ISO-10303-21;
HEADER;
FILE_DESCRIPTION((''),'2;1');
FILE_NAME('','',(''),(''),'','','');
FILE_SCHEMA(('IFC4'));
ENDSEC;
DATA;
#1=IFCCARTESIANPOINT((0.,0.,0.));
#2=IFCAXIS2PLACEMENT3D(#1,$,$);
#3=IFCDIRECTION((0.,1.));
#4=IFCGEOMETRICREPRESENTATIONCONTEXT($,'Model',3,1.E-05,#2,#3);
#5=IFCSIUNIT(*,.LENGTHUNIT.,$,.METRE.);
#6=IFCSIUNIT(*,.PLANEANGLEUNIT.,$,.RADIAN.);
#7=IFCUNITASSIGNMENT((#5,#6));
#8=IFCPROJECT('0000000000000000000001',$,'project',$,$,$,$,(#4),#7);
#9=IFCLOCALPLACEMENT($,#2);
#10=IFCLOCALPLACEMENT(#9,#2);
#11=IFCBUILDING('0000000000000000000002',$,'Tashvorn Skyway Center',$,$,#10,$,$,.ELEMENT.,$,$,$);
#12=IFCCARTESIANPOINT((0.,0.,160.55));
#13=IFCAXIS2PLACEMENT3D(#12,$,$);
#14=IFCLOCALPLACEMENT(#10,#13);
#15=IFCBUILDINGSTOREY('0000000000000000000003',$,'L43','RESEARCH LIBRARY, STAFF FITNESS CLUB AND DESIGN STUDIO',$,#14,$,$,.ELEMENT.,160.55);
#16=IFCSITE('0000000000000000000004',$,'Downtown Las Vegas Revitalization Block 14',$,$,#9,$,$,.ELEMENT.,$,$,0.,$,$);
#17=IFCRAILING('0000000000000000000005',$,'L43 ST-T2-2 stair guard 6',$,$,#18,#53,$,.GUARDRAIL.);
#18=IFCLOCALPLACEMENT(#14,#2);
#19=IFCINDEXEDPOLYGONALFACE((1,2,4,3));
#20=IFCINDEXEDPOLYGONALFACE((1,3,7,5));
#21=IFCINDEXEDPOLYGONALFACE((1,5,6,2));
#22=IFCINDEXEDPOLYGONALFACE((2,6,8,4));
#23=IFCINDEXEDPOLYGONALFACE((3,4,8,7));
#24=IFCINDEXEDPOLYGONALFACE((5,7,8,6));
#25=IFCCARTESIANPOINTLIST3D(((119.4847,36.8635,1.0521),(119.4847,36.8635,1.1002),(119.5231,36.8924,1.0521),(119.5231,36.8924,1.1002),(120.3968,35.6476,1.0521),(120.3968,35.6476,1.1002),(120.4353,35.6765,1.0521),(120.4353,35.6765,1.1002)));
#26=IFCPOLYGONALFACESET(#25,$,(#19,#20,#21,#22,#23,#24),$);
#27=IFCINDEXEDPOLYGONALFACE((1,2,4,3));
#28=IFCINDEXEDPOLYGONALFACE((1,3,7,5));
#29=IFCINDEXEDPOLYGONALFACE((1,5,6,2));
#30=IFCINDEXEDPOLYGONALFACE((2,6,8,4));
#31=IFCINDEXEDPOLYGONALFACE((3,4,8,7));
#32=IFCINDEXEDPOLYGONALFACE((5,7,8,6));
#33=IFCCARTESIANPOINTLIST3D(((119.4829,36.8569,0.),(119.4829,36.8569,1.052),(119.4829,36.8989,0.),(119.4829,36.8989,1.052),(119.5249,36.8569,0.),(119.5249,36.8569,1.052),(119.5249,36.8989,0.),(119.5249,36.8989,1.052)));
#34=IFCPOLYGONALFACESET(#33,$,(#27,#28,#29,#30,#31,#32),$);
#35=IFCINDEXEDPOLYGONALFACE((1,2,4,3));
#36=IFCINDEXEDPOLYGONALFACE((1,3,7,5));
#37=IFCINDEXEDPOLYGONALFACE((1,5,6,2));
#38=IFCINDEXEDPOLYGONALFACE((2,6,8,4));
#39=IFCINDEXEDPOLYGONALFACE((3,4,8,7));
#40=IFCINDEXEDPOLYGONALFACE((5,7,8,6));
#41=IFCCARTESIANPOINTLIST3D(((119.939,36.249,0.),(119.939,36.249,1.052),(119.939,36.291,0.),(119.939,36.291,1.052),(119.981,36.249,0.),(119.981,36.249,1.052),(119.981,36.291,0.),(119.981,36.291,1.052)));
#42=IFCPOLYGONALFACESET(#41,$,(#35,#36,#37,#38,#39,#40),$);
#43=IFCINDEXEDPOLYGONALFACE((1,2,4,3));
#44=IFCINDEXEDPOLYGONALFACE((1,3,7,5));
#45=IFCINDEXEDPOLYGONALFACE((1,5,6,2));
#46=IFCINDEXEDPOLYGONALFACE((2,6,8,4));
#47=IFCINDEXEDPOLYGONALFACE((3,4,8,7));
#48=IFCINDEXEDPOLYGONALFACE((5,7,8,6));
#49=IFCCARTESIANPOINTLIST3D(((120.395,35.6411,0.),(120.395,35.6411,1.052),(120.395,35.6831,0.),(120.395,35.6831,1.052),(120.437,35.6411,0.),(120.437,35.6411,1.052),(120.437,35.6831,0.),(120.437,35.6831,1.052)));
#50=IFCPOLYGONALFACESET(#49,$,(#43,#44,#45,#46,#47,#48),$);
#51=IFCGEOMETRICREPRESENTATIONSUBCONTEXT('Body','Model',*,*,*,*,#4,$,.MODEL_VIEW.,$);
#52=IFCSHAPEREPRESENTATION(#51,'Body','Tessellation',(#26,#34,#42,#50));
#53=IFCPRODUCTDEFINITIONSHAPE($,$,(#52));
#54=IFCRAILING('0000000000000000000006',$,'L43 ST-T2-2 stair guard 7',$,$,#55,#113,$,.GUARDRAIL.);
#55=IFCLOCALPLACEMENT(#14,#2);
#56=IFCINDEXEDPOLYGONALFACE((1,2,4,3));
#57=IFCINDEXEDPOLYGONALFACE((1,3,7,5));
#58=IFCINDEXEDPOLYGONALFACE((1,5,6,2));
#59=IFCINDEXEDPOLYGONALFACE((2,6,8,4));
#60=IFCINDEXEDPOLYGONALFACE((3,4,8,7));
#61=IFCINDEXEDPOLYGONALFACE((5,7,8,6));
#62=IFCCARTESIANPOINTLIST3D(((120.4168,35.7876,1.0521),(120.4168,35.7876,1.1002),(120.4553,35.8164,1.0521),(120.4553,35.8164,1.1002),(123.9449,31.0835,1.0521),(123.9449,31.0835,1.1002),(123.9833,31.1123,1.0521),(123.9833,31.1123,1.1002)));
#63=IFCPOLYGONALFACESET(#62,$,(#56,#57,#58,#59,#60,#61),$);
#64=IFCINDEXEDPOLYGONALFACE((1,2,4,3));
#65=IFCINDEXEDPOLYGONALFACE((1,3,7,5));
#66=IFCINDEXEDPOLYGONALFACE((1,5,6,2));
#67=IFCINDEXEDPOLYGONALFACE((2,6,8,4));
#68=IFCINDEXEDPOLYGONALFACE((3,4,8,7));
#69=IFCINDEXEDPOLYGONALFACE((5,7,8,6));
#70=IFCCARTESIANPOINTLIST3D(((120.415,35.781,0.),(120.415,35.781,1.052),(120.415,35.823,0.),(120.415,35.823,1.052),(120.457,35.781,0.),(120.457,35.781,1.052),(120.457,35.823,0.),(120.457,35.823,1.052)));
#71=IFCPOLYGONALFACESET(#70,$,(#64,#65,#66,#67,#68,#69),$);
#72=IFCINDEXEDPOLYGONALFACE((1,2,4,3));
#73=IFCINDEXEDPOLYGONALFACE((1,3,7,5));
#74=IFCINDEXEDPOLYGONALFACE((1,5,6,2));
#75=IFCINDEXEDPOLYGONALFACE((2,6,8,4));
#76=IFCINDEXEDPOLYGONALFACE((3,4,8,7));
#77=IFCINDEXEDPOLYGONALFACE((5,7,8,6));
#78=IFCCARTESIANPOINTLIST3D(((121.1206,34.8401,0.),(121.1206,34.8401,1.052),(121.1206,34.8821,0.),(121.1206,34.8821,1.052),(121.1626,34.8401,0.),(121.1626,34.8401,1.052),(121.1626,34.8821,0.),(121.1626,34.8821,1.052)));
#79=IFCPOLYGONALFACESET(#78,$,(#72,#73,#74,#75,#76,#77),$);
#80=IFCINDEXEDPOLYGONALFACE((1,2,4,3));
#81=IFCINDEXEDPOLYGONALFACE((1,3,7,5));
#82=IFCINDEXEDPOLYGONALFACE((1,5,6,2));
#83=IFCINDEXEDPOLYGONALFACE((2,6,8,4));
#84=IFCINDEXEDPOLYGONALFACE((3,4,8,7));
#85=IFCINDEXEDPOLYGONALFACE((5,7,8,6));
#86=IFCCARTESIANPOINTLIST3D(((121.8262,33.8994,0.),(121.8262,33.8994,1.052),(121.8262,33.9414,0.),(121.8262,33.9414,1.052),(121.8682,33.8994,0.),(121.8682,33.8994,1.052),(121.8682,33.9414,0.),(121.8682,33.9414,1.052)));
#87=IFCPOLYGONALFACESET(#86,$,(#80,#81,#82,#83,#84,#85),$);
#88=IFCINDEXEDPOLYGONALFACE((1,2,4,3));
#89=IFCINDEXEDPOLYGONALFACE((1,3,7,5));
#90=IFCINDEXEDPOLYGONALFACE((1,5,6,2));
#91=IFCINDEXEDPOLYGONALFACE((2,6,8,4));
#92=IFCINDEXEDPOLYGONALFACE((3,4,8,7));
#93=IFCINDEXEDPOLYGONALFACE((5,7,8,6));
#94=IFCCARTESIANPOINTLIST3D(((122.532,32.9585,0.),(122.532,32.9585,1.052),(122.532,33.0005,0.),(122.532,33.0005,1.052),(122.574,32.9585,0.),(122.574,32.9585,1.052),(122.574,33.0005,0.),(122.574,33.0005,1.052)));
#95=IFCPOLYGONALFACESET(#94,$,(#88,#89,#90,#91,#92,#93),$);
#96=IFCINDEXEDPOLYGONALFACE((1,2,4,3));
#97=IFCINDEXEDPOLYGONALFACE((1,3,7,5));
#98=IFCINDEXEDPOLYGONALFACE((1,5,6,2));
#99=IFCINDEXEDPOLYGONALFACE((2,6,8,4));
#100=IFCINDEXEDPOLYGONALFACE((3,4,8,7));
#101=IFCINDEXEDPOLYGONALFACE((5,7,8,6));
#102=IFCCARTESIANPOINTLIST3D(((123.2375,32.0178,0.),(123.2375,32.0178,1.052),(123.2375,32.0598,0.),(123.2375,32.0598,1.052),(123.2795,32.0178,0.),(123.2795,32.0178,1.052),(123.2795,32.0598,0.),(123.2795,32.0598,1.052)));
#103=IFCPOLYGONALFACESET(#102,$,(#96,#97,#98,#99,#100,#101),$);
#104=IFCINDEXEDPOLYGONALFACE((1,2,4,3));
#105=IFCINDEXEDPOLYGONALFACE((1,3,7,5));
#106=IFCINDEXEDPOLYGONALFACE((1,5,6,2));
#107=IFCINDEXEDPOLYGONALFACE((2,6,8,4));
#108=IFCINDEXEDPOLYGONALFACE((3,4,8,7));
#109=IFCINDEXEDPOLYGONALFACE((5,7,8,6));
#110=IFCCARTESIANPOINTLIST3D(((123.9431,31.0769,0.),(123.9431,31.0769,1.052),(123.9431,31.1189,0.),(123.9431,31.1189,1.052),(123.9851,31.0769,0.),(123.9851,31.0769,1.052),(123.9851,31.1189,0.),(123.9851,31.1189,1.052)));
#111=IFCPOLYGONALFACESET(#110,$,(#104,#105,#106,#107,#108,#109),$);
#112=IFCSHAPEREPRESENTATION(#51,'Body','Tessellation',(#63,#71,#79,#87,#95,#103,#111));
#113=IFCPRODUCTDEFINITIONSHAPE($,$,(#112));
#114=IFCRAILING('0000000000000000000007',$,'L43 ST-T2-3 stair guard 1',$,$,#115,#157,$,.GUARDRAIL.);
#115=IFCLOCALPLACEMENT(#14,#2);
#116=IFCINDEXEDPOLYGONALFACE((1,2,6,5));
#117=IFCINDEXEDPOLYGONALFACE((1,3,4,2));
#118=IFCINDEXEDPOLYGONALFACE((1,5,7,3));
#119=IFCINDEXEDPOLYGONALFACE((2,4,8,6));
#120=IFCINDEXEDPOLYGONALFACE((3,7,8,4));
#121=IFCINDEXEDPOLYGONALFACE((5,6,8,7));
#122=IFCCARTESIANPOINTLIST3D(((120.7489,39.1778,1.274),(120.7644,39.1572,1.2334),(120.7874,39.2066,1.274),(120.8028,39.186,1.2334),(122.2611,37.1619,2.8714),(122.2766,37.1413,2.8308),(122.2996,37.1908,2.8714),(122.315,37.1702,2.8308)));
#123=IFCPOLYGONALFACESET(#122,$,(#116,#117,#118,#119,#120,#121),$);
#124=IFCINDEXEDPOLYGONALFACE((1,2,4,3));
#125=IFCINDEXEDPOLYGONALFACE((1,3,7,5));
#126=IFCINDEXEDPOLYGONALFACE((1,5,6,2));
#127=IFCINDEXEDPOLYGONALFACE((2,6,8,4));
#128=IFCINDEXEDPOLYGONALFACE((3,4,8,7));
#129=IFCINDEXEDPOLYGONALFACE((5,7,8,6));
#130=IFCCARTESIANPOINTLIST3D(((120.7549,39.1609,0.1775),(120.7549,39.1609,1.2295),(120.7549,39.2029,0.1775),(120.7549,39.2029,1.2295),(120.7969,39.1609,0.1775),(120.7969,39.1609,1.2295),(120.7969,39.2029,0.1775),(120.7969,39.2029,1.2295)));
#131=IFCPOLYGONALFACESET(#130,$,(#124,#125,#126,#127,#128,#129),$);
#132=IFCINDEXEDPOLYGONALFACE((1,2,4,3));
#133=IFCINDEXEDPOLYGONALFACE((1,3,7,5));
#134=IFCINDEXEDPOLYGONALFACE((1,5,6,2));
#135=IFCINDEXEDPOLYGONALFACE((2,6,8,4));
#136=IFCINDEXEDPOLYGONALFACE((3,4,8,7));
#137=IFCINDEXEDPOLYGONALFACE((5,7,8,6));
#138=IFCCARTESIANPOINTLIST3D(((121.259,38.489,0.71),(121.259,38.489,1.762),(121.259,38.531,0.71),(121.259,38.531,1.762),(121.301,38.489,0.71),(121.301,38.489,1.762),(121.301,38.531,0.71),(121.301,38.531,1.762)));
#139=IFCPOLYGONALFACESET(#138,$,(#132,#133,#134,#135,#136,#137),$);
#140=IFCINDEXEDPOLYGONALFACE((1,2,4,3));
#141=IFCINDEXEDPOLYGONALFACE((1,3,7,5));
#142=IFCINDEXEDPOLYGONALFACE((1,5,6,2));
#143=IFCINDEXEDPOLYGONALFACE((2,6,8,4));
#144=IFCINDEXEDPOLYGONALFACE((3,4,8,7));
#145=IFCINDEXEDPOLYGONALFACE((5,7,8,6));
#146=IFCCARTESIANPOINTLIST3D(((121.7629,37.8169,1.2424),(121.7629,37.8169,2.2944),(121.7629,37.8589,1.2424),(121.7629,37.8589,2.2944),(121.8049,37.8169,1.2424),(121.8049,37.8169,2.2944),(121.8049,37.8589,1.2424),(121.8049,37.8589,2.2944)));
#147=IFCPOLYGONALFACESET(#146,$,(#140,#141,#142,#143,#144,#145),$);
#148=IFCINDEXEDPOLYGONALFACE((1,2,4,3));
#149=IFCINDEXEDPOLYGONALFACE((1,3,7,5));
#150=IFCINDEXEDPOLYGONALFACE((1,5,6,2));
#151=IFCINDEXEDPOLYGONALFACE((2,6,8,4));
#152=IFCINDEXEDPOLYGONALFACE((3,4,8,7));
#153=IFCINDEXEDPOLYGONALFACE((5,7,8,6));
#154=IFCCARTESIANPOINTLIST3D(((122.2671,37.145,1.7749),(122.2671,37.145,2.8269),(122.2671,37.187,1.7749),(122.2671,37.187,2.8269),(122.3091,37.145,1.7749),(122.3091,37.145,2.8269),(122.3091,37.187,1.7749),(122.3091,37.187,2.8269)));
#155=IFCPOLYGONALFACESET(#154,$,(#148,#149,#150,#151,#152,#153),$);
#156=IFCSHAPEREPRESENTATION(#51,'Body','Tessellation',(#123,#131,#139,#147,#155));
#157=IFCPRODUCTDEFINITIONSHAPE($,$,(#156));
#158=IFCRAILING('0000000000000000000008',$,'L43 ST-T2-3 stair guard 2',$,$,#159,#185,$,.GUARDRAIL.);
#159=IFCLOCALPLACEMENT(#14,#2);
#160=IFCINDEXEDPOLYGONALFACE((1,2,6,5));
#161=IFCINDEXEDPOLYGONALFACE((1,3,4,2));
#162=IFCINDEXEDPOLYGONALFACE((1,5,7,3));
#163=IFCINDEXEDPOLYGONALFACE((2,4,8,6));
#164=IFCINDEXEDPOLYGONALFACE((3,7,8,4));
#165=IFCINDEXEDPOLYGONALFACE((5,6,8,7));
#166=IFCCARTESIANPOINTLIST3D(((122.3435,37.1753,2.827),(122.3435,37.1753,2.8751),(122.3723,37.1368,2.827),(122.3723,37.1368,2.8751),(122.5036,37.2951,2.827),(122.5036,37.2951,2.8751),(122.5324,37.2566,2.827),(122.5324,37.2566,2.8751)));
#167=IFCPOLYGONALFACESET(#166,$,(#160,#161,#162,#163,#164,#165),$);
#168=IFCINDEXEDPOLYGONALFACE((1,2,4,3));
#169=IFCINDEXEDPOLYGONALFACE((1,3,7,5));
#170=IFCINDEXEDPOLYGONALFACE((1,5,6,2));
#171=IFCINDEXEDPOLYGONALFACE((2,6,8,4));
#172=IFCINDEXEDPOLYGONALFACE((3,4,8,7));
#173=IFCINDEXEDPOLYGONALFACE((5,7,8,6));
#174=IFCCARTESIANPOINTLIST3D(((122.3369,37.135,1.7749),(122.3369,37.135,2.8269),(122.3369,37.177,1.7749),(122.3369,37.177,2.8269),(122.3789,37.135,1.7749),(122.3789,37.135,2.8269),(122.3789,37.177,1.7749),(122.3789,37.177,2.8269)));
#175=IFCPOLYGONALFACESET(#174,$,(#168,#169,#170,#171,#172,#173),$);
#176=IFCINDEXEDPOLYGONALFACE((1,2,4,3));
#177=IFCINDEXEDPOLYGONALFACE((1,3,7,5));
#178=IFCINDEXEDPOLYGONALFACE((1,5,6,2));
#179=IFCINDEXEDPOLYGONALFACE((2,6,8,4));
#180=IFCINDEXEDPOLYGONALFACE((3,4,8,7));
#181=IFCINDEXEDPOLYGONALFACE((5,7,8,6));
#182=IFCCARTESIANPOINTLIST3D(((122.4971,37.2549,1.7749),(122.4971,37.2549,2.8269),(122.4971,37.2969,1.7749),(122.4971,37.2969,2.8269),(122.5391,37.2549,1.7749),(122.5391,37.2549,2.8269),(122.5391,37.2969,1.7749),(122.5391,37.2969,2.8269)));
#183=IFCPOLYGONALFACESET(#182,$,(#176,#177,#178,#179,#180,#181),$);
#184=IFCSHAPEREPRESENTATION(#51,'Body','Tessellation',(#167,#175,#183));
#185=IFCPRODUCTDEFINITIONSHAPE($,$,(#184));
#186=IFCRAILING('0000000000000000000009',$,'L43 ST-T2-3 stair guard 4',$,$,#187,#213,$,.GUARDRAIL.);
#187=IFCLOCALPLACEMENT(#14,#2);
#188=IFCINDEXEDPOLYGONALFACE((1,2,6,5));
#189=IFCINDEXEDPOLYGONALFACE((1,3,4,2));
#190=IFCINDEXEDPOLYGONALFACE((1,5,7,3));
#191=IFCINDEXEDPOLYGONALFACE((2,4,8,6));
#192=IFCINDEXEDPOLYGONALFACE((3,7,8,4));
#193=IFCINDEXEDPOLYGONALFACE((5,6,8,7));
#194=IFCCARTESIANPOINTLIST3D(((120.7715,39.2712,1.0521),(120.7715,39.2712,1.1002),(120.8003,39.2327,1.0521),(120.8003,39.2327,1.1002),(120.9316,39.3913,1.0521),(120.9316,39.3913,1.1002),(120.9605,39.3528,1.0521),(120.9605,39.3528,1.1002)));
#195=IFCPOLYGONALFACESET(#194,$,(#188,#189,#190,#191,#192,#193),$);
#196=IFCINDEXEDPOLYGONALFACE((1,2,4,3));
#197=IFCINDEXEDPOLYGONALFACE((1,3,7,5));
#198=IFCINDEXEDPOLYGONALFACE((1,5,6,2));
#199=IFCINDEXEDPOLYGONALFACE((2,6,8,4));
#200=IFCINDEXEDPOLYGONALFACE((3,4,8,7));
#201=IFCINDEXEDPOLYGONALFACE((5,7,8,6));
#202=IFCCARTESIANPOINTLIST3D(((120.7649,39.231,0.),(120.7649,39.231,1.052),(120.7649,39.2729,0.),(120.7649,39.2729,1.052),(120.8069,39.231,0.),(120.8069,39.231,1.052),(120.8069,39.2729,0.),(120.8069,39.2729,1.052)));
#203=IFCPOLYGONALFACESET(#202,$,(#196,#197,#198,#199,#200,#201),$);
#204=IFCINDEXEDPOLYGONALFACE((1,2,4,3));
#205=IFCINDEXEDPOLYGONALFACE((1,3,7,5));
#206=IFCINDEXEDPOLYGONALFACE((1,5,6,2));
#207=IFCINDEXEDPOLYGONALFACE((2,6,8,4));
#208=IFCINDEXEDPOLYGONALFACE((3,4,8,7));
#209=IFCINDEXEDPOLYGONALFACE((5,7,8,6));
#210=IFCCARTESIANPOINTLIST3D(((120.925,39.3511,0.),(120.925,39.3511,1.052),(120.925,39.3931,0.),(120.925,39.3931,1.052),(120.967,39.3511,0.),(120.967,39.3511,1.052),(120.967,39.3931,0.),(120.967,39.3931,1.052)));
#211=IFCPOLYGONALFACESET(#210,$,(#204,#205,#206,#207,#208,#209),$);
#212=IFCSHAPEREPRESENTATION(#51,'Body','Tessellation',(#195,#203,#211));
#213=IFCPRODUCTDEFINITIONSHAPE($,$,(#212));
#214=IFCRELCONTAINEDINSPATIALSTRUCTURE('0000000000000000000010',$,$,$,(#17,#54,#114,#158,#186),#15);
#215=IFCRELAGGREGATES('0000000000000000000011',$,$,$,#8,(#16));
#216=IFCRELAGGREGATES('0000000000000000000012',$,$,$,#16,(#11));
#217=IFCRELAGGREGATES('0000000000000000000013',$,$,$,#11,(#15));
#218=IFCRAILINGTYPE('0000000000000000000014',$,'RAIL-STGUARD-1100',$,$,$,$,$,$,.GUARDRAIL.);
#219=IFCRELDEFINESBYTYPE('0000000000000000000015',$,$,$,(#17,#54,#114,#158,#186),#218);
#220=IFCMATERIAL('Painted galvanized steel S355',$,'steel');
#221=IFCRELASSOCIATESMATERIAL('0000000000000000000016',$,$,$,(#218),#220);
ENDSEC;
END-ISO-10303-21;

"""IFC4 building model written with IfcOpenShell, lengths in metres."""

from ifc_helpers import new_model, si_unit, direction, frame, origin, origin_2d, place, context, subcontext, project, spatial, rectangle, extrude, material, type_object, element, save


model = new_model("IFC4")

# Units and contexts
model_context = context("Model", 3, precision=1e-05, world=origin(), true_north=direction((0.0, 1.0)))
body_context = subcontext(model_context, "Body", "Model", "MODEL_VIEW")
ifc_project = project(units=[si_unit("LENGTHUNIT", "METRE"), si_unit("PLANEANGLEUNIT", "RADIAN")], contexts=[model_context])

# Site, building, storey
site_placement = place(None, origin())
site = spatial("IfcSite", under=ifc_project, at=site_placement, Name="Downtown Las Vegas Revitalization Block 14", CompositionType="ELEMENT", RefElevation=0.0)
building_placement = place(site_placement, origin())
building = spatial("IfcBuilding", under=site, at=building_placement, Name="Tashvorn Skyway Center", CompositionType="ELEMENT")
storey_placement = place(building_placement, frame((0.0, 0.0, 160.55)))
storey = spatial("IfcBuildingStorey", under=building, at=storey_placement, Name="L43", Description="RESEARCH LIBRARY, STAFF FITNESS CLUB AND DESIGN STUDIO", CompositionType="ELEMENT", Elevation=160.55)

# Railings
ifc_material_1 = material(Name="Painted galvanized steel S355", Category="steel")
railing_type_1 = type_object("IfcRailingType", Name="RAIL-STGUARD-1100", PredefinedType="GUARDRAIL", material=ifc_material_1)
railing_1_placement = place(storey_placement, frame((119.5039, 36.8779, 0.0)))
element("IfcRailing", 1, at=railing_1_placement, inside=storey, type_object=railing_type_1, Name="L43 ST-T2-2 stair guard 6", PredefinedType="GUARDRAIL", context=body_context, shape_type="SweptSolid", body=[
    extrude(rectangle(XDim=0.0481, YDim=0.0481, at=origin_2d()), frame((0.0, 0.0, 1.0762), z_axis=(0.600103, -0.799923, 0.0), x_axis=(0.799923, 0.600103, 0.0)), (0.0, 0.0, 1.0), 1.52),
    extrude(rectangle(XDim=0.042, YDim=0.042, at=origin_2d()), origin(), (0.0, 0.0, 1.0), 1.052),
    extrude(rectangle(XDim=0.042, YDim=0.042, at=origin_2d()), frame((0.4561, -0.6079, 0.0)), (0.0, 0.0, 1.0), 1.052),
    extrude(rectangle(XDim=0.042, YDim=0.042, at=origin_2d()), frame((0.9121, -1.2158, 0.0)), (0.0, 0.0, 1.0), 1.052),
])
railing_2_placement = place(storey_placement, frame((120.436, 35.802, 0.0)))
element("IfcRailing", 2, at=railing_2_placement, inside=storey, type_object=railing_type_1, Name="L43 ST-T2-2 stair guard 7", PredefinedType="GUARDRAIL", context=body_context, shape_type="SweptSolid", body=[
    extrude(rectangle(XDim=0.0481, YDim=0.0481, at=origin_2d()), frame((0.0, 0.0, 1.0762), z_axis=(0.6, -0.8, 0.0), x_axis=(0.8, 0.6, 0.0)), (0.0, 0.0, 1.0), 5.8801),
    extrude(rectangle(XDim=0.042, YDim=0.042, at=origin_2d()), origin(), (0.0, 0.0, 1.0), 1.052),
    extrude(rectangle(XDim=0.042, YDim=0.042, at=origin_2d()), frame((0.7056, -0.9409, 0.0)), (0.0, 0.0, 1.0), 1.052),
    extrude(rectangle(XDim=0.042, YDim=0.042, at=origin_2d()), frame((1.4111, -1.8816, 0.0)), (0.0, 0.0, 1.0), 1.052),
    extrude(rectangle(XDim=0.042, YDim=0.042, at=origin_2d()), frame((2.1169, -2.8225, 0.0)), (0.0, 0.0, 1.0), 1.052),
    extrude(rectangle(XDim=0.042, YDim=0.042, at=origin_2d()), frame((2.8225, -3.7632, 0.0)), (0.0, 0.0, 1.0), 1.052),
    extrude(rectangle(XDim=0.042, YDim=0.042, at=origin_2d()), frame((3.5281, -4.7041, 0.0)), (0.0, 0.0, 1.0), 1.052),
])
railing_3_placement = place(storey_placement, frame((120.7759, 39.1819, 0.1775)))
element("IfcRailing", 3, at=railing_3_placement, inside=storey, type_object=railing_type_1, Name="L43 ST-T2-3 stair guard 1", PredefinedType="GUARDRAIL", context=body_context, shape_type="SweptSolid", body=[
    extrude(rectangle(XDim=0.0481, YDim=0.0481, at=origin_2d()), frame((0.0, 0.0, 1.0762), z_axis=(0.50683, -0.675636, 0.535387), x_axis=(0.799942, 0.600078, 0.0)), (0.0, 0.0, 1.0), 2.9836),
    extrude(rectangle(XDim=0.042, YDim=0.042, at=origin_2d()), origin(), (0.0, 0.0, 1.0), 1.052),
    extrude(rectangle(XDim=0.042, YDim=0.042, at=origin_2d()), frame((0.5042, -0.6719, 0.5325)), (0.0, 0.0, 1.0), 1.052),
    extrude(rectangle(XDim=0.042, YDim=0.042, at=origin_2d()), frame((1.0081, -1.344, 1.0649)), (0.0, 0.0, 1.0), 1.052),
    extrude(rectangle(XDim=0.042, YDim=0.042, at=origin_2d()), frame((1.5122, -2.0159, 1.5974)), (0.0, 0.0, 1.0), 1.052),
])
railing_4_placement = place(storey_placement, frame((122.3579, 37.156, 1.7749)))
element("IfcRailing", 4, at=railing_4_placement, inside=storey, type_object=railing_type_1, Name="L43 ST-T2-3 stair guard 2", PredefinedType="GUARDRAIL", context=body_context, shape_type="SweptSolid", body=[
    extrude(rectangle(XDim=0.0481, YDim=0.0481, at=origin_2d()), frame((0.0, 0.0, 1.0762), z_axis=(0.800585, 0.599219, 0.0), x_axis=(-0.599219, 0.800585, 0.0)), (0.0, 0.0, 1.0), 0.2),
    extrude(rectangle(XDim=0.042, YDim=0.042, at=origin_2d()), origin(), (0.0, 0.0, 1.0), 1.052),
    extrude(rectangle(XDim=0.042, YDim=0.042, at=origin_2d()), frame((0.1602, 0.1199, 0.0)), (0.0, 0.0, 1.0), 1.052),
])
railing_5_placement = place(storey_placement, frame((120.7859, 39.252, 0.0)))
element("IfcRailing", 5, at=railing_5_placement, inside=storey, type_object=railing_type_1, Name="L43 ST-T2-3 stair guard 4", PredefinedType="GUARDRAIL", context=body_context, shape_type="SweptSolid", body=[
    extrude(rectangle(XDim=0.0481, YDim=0.0481, at=origin_2d()), frame((0.0, 0.0, 1.0762), z_axis=(0.8, 0.6, 0.0), x_axis=(-0.6, 0.8, 0.0)), (0.0, 0.0, 1.0), 0.2002),
    extrude(rectangle(XDim=0.042, YDim=0.042, at=origin_2d()), origin(), (0.0, 0.0, 1.0), 1.052),
    extrude(rectangle(XDim=0.042, YDim=0.042, at=origin_2d()), frame((0.1602, 0.1201, 0.0)), (0.0, 0.0, 1.0), 1.052),
])

save(model, "model.ifc")
